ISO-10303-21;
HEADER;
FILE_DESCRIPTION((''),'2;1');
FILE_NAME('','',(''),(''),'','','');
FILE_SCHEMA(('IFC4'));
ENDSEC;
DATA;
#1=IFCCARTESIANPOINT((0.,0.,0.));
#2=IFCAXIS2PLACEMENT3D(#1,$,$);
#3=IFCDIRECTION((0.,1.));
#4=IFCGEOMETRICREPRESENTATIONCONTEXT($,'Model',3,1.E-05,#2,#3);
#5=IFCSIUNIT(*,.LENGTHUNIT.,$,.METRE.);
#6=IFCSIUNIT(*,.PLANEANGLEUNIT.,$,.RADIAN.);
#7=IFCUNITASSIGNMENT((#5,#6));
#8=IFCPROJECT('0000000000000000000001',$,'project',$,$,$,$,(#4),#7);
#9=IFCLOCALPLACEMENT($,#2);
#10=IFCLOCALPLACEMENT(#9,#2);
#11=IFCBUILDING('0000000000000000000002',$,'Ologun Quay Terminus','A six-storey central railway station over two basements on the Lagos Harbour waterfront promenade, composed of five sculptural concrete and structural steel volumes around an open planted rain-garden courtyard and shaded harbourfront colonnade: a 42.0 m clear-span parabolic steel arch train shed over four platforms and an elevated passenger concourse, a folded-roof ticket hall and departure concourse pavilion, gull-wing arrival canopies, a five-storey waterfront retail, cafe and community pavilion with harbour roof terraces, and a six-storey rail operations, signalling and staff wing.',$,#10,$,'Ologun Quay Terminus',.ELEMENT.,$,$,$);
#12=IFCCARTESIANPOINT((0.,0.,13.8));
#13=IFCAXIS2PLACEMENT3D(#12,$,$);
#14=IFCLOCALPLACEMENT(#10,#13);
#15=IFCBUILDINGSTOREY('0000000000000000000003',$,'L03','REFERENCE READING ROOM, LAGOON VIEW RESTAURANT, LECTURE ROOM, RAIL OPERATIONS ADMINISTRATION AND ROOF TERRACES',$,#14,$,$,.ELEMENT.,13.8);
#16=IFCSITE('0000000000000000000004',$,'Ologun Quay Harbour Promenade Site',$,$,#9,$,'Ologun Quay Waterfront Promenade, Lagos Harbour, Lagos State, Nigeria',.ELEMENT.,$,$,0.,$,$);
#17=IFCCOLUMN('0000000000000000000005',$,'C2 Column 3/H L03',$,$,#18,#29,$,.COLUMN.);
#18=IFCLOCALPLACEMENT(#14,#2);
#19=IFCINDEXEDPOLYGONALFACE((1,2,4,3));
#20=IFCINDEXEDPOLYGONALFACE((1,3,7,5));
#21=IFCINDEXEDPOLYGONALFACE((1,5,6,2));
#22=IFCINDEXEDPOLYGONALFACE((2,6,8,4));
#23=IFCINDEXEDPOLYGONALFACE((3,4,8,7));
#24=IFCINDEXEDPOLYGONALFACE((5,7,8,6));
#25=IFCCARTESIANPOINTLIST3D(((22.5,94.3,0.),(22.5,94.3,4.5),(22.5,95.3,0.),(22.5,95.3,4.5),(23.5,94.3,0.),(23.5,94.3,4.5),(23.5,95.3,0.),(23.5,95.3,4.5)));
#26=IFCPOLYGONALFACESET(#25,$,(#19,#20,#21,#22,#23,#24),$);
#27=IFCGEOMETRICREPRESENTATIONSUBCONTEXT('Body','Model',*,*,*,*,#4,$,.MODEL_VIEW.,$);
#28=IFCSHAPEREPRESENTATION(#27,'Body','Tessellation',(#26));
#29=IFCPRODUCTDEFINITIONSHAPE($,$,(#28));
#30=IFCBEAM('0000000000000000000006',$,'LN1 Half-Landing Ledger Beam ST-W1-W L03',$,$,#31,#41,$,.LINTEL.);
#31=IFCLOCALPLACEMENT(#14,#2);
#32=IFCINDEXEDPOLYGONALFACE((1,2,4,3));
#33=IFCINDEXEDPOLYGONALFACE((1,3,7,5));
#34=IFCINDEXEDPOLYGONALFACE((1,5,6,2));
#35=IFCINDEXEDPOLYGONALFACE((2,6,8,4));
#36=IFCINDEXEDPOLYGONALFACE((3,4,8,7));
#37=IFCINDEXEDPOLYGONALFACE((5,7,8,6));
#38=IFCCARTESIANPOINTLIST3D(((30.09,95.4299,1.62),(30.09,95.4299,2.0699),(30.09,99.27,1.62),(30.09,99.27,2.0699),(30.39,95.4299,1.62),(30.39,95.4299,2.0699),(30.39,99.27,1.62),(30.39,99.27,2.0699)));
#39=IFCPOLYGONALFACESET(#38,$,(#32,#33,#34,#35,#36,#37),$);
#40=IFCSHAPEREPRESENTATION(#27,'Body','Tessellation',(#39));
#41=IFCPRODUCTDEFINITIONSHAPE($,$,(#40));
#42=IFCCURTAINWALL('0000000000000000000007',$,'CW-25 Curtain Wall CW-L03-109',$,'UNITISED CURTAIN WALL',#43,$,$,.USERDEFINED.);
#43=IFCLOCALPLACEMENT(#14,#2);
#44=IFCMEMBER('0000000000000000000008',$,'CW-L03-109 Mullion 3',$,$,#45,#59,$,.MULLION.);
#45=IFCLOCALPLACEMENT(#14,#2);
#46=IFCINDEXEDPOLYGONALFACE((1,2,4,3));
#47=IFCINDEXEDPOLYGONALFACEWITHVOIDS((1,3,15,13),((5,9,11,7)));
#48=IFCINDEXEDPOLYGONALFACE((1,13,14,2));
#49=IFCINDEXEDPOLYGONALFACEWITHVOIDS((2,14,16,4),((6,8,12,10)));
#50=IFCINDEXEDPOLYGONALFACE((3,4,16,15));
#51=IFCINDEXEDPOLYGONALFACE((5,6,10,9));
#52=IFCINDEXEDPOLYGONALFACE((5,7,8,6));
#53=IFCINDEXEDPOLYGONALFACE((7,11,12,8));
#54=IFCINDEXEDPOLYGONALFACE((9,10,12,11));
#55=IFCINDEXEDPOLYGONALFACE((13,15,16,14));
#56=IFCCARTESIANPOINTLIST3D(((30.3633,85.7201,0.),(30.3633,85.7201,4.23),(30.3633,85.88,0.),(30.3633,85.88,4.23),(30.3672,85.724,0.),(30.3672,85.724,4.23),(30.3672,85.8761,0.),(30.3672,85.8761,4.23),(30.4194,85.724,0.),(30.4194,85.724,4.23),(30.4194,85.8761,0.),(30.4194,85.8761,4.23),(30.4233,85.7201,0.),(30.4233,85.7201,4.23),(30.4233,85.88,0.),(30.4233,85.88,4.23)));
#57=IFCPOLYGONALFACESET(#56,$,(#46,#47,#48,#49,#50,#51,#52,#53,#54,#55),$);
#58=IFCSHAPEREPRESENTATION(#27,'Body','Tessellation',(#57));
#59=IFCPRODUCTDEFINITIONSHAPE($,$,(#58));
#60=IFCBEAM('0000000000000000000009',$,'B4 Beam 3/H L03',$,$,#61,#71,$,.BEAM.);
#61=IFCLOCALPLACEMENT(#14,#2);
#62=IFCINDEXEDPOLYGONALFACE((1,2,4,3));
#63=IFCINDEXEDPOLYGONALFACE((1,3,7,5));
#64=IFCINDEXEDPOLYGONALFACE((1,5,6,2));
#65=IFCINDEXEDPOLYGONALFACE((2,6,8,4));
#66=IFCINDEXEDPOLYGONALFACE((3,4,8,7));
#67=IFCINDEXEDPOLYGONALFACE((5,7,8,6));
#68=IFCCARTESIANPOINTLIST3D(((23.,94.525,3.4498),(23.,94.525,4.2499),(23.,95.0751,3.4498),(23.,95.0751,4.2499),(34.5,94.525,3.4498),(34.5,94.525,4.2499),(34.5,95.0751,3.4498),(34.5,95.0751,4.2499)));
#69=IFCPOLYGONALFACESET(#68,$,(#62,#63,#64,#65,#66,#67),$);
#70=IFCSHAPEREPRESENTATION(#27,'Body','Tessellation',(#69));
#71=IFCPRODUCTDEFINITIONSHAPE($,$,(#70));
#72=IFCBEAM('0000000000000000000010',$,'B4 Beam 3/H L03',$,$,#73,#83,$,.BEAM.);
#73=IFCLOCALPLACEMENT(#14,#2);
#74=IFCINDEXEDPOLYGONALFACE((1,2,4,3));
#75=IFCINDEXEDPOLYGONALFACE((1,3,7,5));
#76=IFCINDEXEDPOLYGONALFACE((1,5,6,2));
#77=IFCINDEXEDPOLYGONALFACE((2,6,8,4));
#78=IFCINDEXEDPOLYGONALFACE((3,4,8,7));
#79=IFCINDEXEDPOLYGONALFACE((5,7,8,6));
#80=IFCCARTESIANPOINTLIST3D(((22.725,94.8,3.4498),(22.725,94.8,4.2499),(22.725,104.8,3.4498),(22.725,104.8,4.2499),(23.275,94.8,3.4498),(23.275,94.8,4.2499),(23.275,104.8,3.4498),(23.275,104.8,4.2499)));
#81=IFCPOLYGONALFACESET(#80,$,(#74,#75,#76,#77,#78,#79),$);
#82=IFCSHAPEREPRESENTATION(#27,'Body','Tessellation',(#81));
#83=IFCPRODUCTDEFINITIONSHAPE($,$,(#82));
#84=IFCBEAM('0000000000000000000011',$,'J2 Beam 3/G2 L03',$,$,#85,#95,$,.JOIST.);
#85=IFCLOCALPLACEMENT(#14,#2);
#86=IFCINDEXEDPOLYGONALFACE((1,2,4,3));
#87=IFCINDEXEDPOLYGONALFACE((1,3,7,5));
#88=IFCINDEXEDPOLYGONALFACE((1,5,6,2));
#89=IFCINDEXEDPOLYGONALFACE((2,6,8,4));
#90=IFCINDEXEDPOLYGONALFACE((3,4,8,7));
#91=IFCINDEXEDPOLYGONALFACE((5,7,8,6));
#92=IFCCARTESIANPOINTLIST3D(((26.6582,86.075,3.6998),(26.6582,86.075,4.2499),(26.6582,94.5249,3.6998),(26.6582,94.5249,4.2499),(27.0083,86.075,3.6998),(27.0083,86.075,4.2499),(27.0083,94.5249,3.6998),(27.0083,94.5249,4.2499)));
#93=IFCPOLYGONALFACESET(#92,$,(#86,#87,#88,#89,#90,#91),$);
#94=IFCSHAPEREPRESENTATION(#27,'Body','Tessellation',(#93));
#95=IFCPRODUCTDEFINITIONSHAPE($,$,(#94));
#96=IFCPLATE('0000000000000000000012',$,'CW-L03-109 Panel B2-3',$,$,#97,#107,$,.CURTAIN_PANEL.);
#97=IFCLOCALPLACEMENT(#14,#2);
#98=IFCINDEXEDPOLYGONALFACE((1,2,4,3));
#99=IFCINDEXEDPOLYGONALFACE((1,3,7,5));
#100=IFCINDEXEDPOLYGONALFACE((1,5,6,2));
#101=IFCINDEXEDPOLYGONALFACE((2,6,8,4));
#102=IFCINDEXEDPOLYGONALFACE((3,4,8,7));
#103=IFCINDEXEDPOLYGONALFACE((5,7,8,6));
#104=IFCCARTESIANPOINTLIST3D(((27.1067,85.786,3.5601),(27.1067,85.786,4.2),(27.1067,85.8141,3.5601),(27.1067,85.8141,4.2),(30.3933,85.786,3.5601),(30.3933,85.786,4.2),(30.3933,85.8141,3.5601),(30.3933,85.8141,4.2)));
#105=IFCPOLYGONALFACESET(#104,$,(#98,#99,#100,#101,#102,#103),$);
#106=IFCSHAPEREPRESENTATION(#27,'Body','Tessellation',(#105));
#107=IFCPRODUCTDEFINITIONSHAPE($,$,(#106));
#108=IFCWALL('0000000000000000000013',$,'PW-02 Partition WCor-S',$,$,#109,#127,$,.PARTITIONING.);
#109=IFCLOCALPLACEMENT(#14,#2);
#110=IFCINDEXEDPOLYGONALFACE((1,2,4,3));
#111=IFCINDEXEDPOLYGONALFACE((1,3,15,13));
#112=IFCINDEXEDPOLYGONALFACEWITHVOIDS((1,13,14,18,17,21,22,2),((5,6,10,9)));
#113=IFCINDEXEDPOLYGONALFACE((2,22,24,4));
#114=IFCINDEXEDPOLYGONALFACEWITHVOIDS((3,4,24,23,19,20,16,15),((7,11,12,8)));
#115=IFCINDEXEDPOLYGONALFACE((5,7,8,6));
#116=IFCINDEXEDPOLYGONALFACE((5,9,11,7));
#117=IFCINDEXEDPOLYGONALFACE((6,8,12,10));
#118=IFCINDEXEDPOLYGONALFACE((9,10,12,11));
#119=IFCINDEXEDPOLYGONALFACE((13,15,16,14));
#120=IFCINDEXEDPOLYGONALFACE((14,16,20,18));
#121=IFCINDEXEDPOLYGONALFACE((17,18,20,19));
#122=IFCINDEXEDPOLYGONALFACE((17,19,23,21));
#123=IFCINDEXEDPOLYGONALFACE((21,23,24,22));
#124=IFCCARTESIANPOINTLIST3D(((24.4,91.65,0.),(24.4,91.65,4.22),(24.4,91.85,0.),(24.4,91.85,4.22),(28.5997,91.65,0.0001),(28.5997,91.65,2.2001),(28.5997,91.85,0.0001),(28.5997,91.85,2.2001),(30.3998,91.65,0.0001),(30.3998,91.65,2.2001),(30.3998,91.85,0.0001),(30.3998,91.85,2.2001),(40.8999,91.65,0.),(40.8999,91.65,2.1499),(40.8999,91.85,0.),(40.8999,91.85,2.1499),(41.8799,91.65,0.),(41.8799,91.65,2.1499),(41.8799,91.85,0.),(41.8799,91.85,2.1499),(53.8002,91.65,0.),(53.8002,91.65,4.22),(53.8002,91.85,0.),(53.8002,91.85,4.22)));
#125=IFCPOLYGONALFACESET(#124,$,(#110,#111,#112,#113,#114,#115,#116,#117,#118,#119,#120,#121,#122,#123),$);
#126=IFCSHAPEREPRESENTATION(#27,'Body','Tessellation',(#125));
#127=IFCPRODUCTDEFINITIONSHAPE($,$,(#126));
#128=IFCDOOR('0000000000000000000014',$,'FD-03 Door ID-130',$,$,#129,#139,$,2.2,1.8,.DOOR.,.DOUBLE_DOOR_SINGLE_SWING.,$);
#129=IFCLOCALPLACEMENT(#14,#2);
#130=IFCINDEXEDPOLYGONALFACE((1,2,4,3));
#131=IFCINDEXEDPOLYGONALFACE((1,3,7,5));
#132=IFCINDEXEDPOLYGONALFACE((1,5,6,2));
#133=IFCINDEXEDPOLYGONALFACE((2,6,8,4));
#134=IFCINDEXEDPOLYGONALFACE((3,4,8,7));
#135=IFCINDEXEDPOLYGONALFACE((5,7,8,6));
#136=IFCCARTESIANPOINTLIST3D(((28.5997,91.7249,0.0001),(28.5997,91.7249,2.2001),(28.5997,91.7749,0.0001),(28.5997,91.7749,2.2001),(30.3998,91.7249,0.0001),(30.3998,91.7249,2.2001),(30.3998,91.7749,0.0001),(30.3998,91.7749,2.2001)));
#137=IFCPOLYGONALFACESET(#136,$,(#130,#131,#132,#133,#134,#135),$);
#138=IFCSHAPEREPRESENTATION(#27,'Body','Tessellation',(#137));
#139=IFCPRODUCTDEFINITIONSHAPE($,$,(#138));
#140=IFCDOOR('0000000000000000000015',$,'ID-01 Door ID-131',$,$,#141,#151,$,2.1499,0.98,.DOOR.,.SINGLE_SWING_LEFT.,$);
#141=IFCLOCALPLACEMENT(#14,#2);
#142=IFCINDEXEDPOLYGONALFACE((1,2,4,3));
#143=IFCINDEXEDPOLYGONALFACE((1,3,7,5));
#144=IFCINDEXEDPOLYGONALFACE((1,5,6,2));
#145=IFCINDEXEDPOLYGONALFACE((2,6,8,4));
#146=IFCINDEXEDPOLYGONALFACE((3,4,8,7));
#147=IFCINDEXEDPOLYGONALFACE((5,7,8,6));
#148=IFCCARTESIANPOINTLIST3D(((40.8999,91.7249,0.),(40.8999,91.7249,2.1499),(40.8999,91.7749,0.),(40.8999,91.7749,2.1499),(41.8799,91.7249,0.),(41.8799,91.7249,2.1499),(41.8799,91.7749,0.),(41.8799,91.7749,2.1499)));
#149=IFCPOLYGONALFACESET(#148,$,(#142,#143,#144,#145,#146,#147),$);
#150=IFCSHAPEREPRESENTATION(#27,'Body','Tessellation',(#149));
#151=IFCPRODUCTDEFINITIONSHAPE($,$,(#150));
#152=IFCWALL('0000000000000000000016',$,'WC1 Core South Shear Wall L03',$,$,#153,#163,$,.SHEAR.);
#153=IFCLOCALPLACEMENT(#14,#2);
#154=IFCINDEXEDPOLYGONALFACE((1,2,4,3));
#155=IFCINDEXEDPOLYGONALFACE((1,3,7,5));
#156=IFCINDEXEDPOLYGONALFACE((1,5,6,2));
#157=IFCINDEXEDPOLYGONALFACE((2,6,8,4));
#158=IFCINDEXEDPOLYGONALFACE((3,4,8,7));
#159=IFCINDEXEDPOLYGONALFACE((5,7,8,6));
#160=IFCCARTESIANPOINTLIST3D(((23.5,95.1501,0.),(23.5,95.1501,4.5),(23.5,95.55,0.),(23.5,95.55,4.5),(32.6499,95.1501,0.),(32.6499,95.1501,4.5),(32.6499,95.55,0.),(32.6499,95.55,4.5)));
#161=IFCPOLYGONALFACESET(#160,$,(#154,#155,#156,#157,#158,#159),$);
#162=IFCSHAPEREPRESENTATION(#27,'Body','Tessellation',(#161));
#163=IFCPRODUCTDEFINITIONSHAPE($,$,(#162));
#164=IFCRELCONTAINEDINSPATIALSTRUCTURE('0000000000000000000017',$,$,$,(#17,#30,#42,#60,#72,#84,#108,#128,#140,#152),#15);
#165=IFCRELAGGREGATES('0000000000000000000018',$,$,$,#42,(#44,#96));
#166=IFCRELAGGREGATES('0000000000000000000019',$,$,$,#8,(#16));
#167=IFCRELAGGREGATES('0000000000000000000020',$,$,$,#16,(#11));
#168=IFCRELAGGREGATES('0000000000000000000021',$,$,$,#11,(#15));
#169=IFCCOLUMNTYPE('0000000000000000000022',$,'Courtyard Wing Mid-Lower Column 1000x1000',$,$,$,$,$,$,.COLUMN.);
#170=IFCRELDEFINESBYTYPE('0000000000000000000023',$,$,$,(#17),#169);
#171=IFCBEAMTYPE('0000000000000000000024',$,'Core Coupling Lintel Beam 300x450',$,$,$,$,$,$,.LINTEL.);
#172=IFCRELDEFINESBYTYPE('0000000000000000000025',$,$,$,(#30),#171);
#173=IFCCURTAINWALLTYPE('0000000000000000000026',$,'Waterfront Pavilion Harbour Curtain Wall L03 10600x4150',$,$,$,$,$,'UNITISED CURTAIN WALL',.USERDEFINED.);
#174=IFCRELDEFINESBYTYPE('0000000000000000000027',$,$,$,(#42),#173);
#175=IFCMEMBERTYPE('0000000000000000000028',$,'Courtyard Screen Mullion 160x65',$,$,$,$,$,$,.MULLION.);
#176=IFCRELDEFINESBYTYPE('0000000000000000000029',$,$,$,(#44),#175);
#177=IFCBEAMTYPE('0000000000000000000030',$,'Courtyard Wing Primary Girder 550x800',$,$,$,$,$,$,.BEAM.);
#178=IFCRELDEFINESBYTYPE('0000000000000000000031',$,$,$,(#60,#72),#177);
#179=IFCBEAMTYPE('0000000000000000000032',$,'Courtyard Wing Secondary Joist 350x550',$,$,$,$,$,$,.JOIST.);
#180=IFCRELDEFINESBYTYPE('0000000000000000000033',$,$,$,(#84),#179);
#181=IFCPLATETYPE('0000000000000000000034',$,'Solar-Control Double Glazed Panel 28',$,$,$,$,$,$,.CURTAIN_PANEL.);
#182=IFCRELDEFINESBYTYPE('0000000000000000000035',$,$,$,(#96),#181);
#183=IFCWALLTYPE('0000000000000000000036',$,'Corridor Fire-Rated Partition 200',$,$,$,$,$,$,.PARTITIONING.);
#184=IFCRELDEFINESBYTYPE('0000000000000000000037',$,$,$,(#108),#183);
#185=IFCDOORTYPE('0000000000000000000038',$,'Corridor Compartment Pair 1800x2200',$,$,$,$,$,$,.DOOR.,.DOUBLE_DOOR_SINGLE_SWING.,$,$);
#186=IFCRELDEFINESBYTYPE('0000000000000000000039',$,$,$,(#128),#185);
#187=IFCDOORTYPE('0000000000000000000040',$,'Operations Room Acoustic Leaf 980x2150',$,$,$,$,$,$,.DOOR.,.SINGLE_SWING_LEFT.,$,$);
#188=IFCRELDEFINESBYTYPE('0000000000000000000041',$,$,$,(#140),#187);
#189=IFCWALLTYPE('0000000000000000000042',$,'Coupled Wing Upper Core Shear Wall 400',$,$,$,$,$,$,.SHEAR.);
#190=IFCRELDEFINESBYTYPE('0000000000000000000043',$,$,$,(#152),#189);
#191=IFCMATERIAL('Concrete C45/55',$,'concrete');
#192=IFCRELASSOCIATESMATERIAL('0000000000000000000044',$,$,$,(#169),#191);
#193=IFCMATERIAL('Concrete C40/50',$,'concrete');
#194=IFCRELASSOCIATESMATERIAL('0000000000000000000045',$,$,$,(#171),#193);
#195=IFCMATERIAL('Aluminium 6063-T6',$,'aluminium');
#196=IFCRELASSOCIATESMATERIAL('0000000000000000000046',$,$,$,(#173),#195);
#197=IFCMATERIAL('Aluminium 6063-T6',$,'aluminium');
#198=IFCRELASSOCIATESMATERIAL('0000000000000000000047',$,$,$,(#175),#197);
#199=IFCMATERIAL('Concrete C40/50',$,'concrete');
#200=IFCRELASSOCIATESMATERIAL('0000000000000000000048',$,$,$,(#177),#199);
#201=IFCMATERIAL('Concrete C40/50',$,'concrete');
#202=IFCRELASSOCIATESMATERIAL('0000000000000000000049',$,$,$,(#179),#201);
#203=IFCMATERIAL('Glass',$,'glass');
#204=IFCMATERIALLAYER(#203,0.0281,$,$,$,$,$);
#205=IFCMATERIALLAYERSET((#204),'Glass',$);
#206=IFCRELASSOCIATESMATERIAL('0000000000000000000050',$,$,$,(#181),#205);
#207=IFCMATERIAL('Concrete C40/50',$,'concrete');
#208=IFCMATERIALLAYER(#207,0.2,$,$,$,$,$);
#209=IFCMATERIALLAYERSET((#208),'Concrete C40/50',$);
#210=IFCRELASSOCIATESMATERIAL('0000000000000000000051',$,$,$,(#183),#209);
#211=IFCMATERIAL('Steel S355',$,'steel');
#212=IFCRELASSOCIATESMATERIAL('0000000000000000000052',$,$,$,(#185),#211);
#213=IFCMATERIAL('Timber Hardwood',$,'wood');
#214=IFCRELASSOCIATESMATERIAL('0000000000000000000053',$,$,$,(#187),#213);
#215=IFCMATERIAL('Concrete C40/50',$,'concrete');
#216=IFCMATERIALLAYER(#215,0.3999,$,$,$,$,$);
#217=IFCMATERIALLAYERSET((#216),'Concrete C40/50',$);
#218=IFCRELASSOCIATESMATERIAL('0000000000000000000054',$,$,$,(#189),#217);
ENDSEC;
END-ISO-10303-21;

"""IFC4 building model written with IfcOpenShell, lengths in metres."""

from ifc_helpers import new_model, si_unit, direction, frame, frame_2d, origin, origin_2d, place, context, subcontext, project, spatial, rectangle, hollow_rectangle, extrude, material, layer, layer_set, material_profile, profile_set, type_object, element, fill, aggregate, save


model = new_model("IFC4")

# Units and contexts
model_context = context("Model", 3, precision=1e-05, world=origin(), true_north=direction((0.0, 1.0)))
body_context = subcontext(model_context, "Body", "Model", "MODEL_VIEW")
ifc_project = project(units=[si_unit("LENGTHUNIT", "METRE"), si_unit("PLANEANGLEUNIT", "RADIAN")], contexts=[model_context])

# Site, building, storey
site_placement = place(None, origin())
site = spatial("IfcSite", under=ifc_project, at=site_placement, Name="Ologun Quay Harbour Promenade Site", LongName="Ologun Quay Waterfront Promenade, Lagos Harbour, Lagos State, Nigeria", CompositionType="ELEMENT", RefElevation=0.0)
building_placement = place(site_placement, origin())
building = spatial("IfcBuilding", under=site, at=building_placement, Name="Ologun Quay Terminus", Description="A six-storey central railway station over two basements on the Lagos Harbour waterfront promenade, composed of five sculptural concrete and structural steel volumes around an open planted rain-garden courtyard and shaded harbourfront colonnade: a 42.0 m clear-span parabolic steel arch train shed over four platforms and an elevated passenger concourse, a folded-roof ticket hall and departure concourse pavilion, gull-wing arrival canopies, a five-storey waterfront retail, cafe and community pavilion with harbour roof terraces, and a six-storey rail operations, signalling and staff wing.", LongName="Ologun Quay Terminus", CompositionType="ELEMENT")
storey_placement = place(building_placement, frame((0.0, 0.0, 13.8)))
storey = spatial("IfcBuildingStorey", under=building, at=storey_placement, Name="L03", Description="REFERENCE READING ROOM, LAGOON VIEW RESTAURANT, LECTURE ROOM, RAIL OPERATIONS ADMINISTRATION AND ROOF TERRACES", CompositionType="ELEMENT", Elevation=13.8)

# Column
ifc_material_1 = material(Name="Concrete C45/55", Category="concrete")
ifc_material_profile_1 = material_profile(ifc_material_1, rectangle(XDim=1.0, YDim=1.0, at=origin_2d()), Name="RC 1000x1000")
ifc_profile_set_1 = profile_set([ifc_material_profile_1], Name="Concrete C45/55")
column_type = type_object("IfcColumnType", Name="Courtyard Wing Mid-Lower Column 1000x1000", PredefinedType="COLUMN", material=ifc_profile_set_1)
column_placement = place(storey_placement, frame((23.0, 94.8, 0.0), z_axis=(0.0, 0.0, 1.0), x_axis=(1.0, 0.0, 0.0)))
element("IfcColumn", 1, at=column_placement, inside=storey, type_object=column_type, Name="C2 Column 3/H L03", PredefinedType="COLUMN", context=body_context, shape_type="SweptSolid", body=[
    extrude(rectangle(XDim=1.0, YDim=1.0, at=origin_2d()), origin(), (0.0, 0.0, 1.0), 4.5),
])

# Beam
ifc_material_2 = material(Name="Concrete C40/50", Category="concrete")
ifc_material_profile_2 = material_profile(ifc_material_2, rectangle(XDim=0.3, YDim=0.45, at=origin_2d()), Name="RC 300x450")
ifc_profile_set_2 = profile_set([ifc_material_profile_2], Name="Concrete C40/50")
beam_type_1 = type_object("IfcBeamType", Name="Core Coupling Lintel Beam 300x450", PredefinedType="LINTEL", material=ifc_profile_set_2)
beam_1_placement = place(storey_placement, frame((30.24, 95.4299, 1.845), z_axis=(0.0, 1.0, 0.0), x_axis=(-1.0, 0.0, 0.0)))
element("IfcBeam", 2, at=beam_1_placement, inside=storey, type_object=beam_type_1, Name="LN1 Half-Landing Ledger Beam ST-W1-W L03", PredefinedType="LINTEL", context=body_context, shape_type="SweptSolid", body=[
    extrude(rectangle(XDim=0.3, YDim=0.45, at=origin_2d()), origin(), (0.0, 0.0, 1.0), 3.8401),
])

# Curtain wall, member
ifc_material_3 = material(Name="Aluminium 6063-T6", Category="aluminium")
curtain_wall_type = type_object("IfcCurtainWallType", Name="Waterfront Pavilion Harbour Curtain Wall L03 10600x4150", ElementType="UNITISED CURTAIN WALL", PredefinedType="USERDEFINED", material=ifc_material_3)
curtain_wall_placement = place(storey_placement, origin())
curtain_wall = element("IfcCurtainWall", 3, at=curtain_wall_placement, inside=storey, type_object=curtain_wall_type, Name="CW-25 Curtain Wall CW-L03-109", ObjectType="UNITISED CURTAIN WALL", PredefinedType="USERDEFINED")
ifc_material_4 = material(Name="Aluminium 6063-T6", Category="aluminium")
ifc_material_profile_3 = material_profile(ifc_material_4, hollow_rectangle(XDim=0.0601, YDim=0.1599, WallThickness=0.0039, at=origin_2d()), Name="ALU 160x60x4")
ifc_profile_set_3 = profile_set([ifc_material_profile_3], Name="Aluminium 6063-T6")
member_type = type_object("IfcMemberType", Name="Courtyard Screen Mullion 160x65", PredefinedType="MULLION", material=ifc_profile_set_3)
member_placement = place(storey_placement, frame((30.3933, 85.8, 0.0), z_axis=(0.0, 0.0, 1.0), x_axis=(1.0, 0.0, 0.0)))
member = element("IfcMember", 4, at=member_placement, type_object=member_type, Name="CW-L03-109 Mullion 3", PredefinedType="MULLION", context=body_context, shape_type="SweptSolid", body=[
    extrude(hollow_rectangle(XDim=0.0601, YDim=0.1599, WallThickness=0.0039, at=origin_2d()), origin(), (0.0, 0.0, 1.0), 4.23),
])

# Beams
ifc_material_5 = material(Name="Concrete C40/50", Category="concrete")
ifc_material_profile_4 = material_profile(ifc_material_5, rectangle(XDim=0.55, YDim=0.8, at=origin_2d()), Name="RC 550x800")
ifc_profile_set_4 = profile_set([ifc_material_profile_4], Name="Concrete C40/50")
beam_type_2 = type_object("IfcBeamType", Name="Courtyard Wing Primary Girder 550x800", PredefinedType="BEAM", material=ifc_profile_set_4)
beam_2_placement = place(storey_placement, frame((23.0, 94.8, 3.8499), z_axis=(1.0, 0.0, 0.0), x_axis=(0.0, 1.0, 0.0)))
element("IfcBeam", 5, at=beam_2_placement, inside=storey, type_object=beam_type_2, Name="B4 Beam 3/H L03", PredefinedType="BEAM", context=body_context, shape_type="SweptSolid", body=[
    extrude(rectangle(XDim=0.55, YDim=0.8, at=origin_2d()), origin(), (0.0, 0.0, 1.0), 11.5),
])
beam_3_placement = place(storey_placement, frame((23.0, 94.8, 3.8499), z_axis=(0.0, 1.0, 0.0), x_axis=(-1.0, 0.0, 0.0)))
element("IfcBeam", 6, at=beam_3_placement, inside=storey, type_object=beam_type_2, Name="B4 Beam 3/H L03", PredefinedType="BEAM", context=body_context, shape_type="SweptSolid", body=[
    extrude(rectangle(XDim=0.55, YDim=0.8, at=origin_2d()), origin(), (0.0, 0.0, 1.0), 10.0),
])
ifc_material_6 = material(Name="Concrete C40/50", Category="concrete")
ifc_material_profile_5 = material_profile(ifc_material_6, rectangle(XDim=0.3501, YDim=0.55, at=origin_2d()), Name="RC 350x550")
ifc_profile_set_5 = profile_set([ifc_material_profile_5], Name="Concrete C40/50")
beam_type_3 = type_object("IfcBeamType", Name="Courtyard Wing Secondary Joist 350x550", PredefinedType="JOIST", material=ifc_profile_set_5)
beam_4_placement = place(storey_placement, frame((26.8333, 86.075, 3.9749), z_axis=(0.0, 1.0, 0.0), x_axis=(-1.0, 0.0, 0.0)))
element("IfcBeam", 7, at=beam_4_placement, inside=storey, type_object=beam_type_3, Name="J2 Beam 3/G2 L03", PredefinedType="JOIST", context=body_context, shape_type="SweptSolid", body=[
    extrude(rectangle(XDim=0.3501, YDim=0.55, at=origin_2d()), origin(), (0.0, 0.0, 1.0), 8.45),
])

# Plate
ifc_material_7 = material(Name="Glass", Category="glass")
ifc_layer_1 = layer(ifc_material_7, 0.0281)
ifc_layer_set_1 = layer_set([ifc_layer_1], Name="Glass")
plate_type = type_object("IfcPlateType", Name="Solar-Control Double Glazed Panel 28", PredefinedType="CURTAIN_PANEL", material=ifc_layer_set_1)
plate_placement = place(storey_placement, frame((28.75, 85.8, 3.5601), z_axis=(0.0, 0.0, 1.0), x_axis=(1.0, 0.0, 0.0)))
plate = element("IfcPlate", 8, at=plate_placement, type_object=plate_type, Name="CW-L03-109 Panel B2-3", PredefinedType="CURTAIN_PANEL", context=body_context, shape_type="SweptSolid", body=[
    extrude(rectangle(XDim=3.2866, YDim=0.0281, at=origin_2d()), origin(), (0.0, 0.0, 1.0), 0.6399),
])
aggregate(curtain_wall, [member, plate])

# Wall, openings, doors
ifc_material_8 = material(Name="Concrete C40/50", Category="concrete")
ifc_layer_2 = layer(ifc_material_8, 0.2)
ifc_layer_set_2 = layer_set([ifc_layer_2], Name="Concrete C40/50")
wall_type_1 = type_object("IfcWallType", Name="Corridor Fire-Rated Partition 200", PredefinedType="PARTITIONING", material=ifc_layer_set_2)
wall_1_placement = place(storey_placement, frame((24.3999, 91.75, 0.0), z_axis=(0.0, 0.0, 1.0), x_axis=(1.0, 0.0, 0.0)))
wall_1 = element("IfcWall", 9, at=wall_1_placement, inside=storey, type_object=wall_type_1, Name="PW-02 Partition WCor-S", PredefinedType="PARTITIONING", context=body_context, shape_type="SweptSolid", body=[
    extrude(rectangle(XDim=29.4001, YDim=0.2, at=frame_2d((14.7002, 0.0))), origin(), (0.0, 0.0, 1.0), 4.22),
])
opening_1_placement = place(wall_1_placement, frame((4.2, 0.0, 0.0)))
opening_1 = element("IfcOpeningElement", 10, at=opening_1_placement, cuts=wall_1, PredefinedType="OPENING", context=body_context, shape_type="SweptSolid", body=[
    extrude(rectangle(XDim=1.8, YDim=2.2, at=frame_2d((0.8999, 1.1001))), frame((0.0, 0.1099, 0.0), z_axis=(0.0, -1.0, 0.0), x_axis=(1.0, 0.0, 0.0)), (0.0, 0.0, 1.0), 0.22),
])
opening_2_placement = place(wall_1_placement, frame((16.5, 0.0, 0.0)))
opening_2 = element("IfcOpeningElement", 11, at=opening_2_placement, cuts=wall_1, PredefinedType="OPENING", context=body_context, shape_type="SweptSolid", body=[
    extrude(rectangle(XDim=0.98, YDim=2.1499, at=frame_2d((0.49, 1.075))), frame((0.0, 0.1099, 0.0), z_axis=(0.0, -1.0, 0.0), x_axis=(1.0, 0.0, 0.0)), (0.0, 0.0, 1.0), 0.22),
])
ifc_material_9 = material(Name="Steel S355", Category="steel")
door_type_1 = type_object("IfcDoorType", Name="Corridor Compartment Pair 1800x2200", OperationType="DOUBLE_DOOR_SINGLE_SWING", PredefinedType="DOOR", material=ifc_material_9)
door_1_placement = place(opening_1_placement, origin())
door_1 = element("IfcDoor", 12, at=door_1_placement, inside=storey, type_object=door_type_1, Name="FD-03 Door ID-130", OperationType="DOUBLE_DOOR_SINGLE_SWING", OverallHeight=2.2, OverallWidth=1.8, PredefinedType="DOOR", context=body_context, shape_type="SweptSolid", body=[
    extrude(rectangle(XDim=1.8, YDim=2.2, at=frame_2d((0.8999, 1.1001))), frame((0.0, 0.0249, 0.0), z_axis=(0.0, -1.0, 0.0), x_axis=(1.0, 0.0, 0.0)), (0.0, 0.0, 1.0), 0.05),
])
fill(opening_1, door_1)
ifc_material_10 = material(Name="Timber Hardwood", Category="wood")
door_type_2 = type_object("IfcDoorType", Name="Operations Room Acoustic Leaf 980x2150", OperationType="SINGLE_SWING_LEFT", PredefinedType="DOOR", material=ifc_material_10)
door_2_placement = place(opening_2_placement, origin())
door_2 = element("IfcDoor", 13, at=door_2_placement, inside=storey, type_object=door_type_2, Name="ID-01 Door ID-131", OperationType="SINGLE_SWING_LEFT", OverallHeight=2.1499, OverallWidth=0.98, PredefinedType="DOOR", context=body_context, shape_type="SweptSolid", body=[
    extrude(rectangle(XDim=0.98, YDim=2.1499, at=frame_2d((0.49, 1.075))), frame((0.0, 0.0249, 0.0), z_axis=(0.0, -1.0, 0.0), x_axis=(1.0, 0.0, 0.0)), (0.0, 0.0, 1.0), 0.05),
])
fill(opening_2, door_2)

# Wall
ifc_material_11 = material(Name="Concrete C40/50", Category="concrete")
ifc_layer_3 = layer(ifc_material_11, 0.3999)
ifc_layer_set_3 = layer_set([ifc_layer_3], Name="Concrete C40/50")
wall_type_2 = type_object("IfcWallType", Name="Coupled Wing Upper Core Shear Wall 400", PredefinedType="SHEAR", material=ifc_layer_set_3)
wall_2_placement = place(storey_placement, frame((23.5, 95.3501, 0.0), z_axis=(0.0, 0.0, 1.0), x_axis=(1.0, 0.0, 0.0)))
element("IfcWall", 14, at=wall_2_placement, inside=storey, type_object=wall_type_2, Name="WC1 Core South Shear Wall L03", PredefinedType="SHEAR", context=body_context, shape_type="SweptSolid", body=[
    extrude(rectangle(XDim=9.1499, YDim=0.3999, at=frame_2d((4.575, 0.0))), origin(), (0.0, 0.0, 1.0), 4.5),
])

save(model, "model.ifc")
